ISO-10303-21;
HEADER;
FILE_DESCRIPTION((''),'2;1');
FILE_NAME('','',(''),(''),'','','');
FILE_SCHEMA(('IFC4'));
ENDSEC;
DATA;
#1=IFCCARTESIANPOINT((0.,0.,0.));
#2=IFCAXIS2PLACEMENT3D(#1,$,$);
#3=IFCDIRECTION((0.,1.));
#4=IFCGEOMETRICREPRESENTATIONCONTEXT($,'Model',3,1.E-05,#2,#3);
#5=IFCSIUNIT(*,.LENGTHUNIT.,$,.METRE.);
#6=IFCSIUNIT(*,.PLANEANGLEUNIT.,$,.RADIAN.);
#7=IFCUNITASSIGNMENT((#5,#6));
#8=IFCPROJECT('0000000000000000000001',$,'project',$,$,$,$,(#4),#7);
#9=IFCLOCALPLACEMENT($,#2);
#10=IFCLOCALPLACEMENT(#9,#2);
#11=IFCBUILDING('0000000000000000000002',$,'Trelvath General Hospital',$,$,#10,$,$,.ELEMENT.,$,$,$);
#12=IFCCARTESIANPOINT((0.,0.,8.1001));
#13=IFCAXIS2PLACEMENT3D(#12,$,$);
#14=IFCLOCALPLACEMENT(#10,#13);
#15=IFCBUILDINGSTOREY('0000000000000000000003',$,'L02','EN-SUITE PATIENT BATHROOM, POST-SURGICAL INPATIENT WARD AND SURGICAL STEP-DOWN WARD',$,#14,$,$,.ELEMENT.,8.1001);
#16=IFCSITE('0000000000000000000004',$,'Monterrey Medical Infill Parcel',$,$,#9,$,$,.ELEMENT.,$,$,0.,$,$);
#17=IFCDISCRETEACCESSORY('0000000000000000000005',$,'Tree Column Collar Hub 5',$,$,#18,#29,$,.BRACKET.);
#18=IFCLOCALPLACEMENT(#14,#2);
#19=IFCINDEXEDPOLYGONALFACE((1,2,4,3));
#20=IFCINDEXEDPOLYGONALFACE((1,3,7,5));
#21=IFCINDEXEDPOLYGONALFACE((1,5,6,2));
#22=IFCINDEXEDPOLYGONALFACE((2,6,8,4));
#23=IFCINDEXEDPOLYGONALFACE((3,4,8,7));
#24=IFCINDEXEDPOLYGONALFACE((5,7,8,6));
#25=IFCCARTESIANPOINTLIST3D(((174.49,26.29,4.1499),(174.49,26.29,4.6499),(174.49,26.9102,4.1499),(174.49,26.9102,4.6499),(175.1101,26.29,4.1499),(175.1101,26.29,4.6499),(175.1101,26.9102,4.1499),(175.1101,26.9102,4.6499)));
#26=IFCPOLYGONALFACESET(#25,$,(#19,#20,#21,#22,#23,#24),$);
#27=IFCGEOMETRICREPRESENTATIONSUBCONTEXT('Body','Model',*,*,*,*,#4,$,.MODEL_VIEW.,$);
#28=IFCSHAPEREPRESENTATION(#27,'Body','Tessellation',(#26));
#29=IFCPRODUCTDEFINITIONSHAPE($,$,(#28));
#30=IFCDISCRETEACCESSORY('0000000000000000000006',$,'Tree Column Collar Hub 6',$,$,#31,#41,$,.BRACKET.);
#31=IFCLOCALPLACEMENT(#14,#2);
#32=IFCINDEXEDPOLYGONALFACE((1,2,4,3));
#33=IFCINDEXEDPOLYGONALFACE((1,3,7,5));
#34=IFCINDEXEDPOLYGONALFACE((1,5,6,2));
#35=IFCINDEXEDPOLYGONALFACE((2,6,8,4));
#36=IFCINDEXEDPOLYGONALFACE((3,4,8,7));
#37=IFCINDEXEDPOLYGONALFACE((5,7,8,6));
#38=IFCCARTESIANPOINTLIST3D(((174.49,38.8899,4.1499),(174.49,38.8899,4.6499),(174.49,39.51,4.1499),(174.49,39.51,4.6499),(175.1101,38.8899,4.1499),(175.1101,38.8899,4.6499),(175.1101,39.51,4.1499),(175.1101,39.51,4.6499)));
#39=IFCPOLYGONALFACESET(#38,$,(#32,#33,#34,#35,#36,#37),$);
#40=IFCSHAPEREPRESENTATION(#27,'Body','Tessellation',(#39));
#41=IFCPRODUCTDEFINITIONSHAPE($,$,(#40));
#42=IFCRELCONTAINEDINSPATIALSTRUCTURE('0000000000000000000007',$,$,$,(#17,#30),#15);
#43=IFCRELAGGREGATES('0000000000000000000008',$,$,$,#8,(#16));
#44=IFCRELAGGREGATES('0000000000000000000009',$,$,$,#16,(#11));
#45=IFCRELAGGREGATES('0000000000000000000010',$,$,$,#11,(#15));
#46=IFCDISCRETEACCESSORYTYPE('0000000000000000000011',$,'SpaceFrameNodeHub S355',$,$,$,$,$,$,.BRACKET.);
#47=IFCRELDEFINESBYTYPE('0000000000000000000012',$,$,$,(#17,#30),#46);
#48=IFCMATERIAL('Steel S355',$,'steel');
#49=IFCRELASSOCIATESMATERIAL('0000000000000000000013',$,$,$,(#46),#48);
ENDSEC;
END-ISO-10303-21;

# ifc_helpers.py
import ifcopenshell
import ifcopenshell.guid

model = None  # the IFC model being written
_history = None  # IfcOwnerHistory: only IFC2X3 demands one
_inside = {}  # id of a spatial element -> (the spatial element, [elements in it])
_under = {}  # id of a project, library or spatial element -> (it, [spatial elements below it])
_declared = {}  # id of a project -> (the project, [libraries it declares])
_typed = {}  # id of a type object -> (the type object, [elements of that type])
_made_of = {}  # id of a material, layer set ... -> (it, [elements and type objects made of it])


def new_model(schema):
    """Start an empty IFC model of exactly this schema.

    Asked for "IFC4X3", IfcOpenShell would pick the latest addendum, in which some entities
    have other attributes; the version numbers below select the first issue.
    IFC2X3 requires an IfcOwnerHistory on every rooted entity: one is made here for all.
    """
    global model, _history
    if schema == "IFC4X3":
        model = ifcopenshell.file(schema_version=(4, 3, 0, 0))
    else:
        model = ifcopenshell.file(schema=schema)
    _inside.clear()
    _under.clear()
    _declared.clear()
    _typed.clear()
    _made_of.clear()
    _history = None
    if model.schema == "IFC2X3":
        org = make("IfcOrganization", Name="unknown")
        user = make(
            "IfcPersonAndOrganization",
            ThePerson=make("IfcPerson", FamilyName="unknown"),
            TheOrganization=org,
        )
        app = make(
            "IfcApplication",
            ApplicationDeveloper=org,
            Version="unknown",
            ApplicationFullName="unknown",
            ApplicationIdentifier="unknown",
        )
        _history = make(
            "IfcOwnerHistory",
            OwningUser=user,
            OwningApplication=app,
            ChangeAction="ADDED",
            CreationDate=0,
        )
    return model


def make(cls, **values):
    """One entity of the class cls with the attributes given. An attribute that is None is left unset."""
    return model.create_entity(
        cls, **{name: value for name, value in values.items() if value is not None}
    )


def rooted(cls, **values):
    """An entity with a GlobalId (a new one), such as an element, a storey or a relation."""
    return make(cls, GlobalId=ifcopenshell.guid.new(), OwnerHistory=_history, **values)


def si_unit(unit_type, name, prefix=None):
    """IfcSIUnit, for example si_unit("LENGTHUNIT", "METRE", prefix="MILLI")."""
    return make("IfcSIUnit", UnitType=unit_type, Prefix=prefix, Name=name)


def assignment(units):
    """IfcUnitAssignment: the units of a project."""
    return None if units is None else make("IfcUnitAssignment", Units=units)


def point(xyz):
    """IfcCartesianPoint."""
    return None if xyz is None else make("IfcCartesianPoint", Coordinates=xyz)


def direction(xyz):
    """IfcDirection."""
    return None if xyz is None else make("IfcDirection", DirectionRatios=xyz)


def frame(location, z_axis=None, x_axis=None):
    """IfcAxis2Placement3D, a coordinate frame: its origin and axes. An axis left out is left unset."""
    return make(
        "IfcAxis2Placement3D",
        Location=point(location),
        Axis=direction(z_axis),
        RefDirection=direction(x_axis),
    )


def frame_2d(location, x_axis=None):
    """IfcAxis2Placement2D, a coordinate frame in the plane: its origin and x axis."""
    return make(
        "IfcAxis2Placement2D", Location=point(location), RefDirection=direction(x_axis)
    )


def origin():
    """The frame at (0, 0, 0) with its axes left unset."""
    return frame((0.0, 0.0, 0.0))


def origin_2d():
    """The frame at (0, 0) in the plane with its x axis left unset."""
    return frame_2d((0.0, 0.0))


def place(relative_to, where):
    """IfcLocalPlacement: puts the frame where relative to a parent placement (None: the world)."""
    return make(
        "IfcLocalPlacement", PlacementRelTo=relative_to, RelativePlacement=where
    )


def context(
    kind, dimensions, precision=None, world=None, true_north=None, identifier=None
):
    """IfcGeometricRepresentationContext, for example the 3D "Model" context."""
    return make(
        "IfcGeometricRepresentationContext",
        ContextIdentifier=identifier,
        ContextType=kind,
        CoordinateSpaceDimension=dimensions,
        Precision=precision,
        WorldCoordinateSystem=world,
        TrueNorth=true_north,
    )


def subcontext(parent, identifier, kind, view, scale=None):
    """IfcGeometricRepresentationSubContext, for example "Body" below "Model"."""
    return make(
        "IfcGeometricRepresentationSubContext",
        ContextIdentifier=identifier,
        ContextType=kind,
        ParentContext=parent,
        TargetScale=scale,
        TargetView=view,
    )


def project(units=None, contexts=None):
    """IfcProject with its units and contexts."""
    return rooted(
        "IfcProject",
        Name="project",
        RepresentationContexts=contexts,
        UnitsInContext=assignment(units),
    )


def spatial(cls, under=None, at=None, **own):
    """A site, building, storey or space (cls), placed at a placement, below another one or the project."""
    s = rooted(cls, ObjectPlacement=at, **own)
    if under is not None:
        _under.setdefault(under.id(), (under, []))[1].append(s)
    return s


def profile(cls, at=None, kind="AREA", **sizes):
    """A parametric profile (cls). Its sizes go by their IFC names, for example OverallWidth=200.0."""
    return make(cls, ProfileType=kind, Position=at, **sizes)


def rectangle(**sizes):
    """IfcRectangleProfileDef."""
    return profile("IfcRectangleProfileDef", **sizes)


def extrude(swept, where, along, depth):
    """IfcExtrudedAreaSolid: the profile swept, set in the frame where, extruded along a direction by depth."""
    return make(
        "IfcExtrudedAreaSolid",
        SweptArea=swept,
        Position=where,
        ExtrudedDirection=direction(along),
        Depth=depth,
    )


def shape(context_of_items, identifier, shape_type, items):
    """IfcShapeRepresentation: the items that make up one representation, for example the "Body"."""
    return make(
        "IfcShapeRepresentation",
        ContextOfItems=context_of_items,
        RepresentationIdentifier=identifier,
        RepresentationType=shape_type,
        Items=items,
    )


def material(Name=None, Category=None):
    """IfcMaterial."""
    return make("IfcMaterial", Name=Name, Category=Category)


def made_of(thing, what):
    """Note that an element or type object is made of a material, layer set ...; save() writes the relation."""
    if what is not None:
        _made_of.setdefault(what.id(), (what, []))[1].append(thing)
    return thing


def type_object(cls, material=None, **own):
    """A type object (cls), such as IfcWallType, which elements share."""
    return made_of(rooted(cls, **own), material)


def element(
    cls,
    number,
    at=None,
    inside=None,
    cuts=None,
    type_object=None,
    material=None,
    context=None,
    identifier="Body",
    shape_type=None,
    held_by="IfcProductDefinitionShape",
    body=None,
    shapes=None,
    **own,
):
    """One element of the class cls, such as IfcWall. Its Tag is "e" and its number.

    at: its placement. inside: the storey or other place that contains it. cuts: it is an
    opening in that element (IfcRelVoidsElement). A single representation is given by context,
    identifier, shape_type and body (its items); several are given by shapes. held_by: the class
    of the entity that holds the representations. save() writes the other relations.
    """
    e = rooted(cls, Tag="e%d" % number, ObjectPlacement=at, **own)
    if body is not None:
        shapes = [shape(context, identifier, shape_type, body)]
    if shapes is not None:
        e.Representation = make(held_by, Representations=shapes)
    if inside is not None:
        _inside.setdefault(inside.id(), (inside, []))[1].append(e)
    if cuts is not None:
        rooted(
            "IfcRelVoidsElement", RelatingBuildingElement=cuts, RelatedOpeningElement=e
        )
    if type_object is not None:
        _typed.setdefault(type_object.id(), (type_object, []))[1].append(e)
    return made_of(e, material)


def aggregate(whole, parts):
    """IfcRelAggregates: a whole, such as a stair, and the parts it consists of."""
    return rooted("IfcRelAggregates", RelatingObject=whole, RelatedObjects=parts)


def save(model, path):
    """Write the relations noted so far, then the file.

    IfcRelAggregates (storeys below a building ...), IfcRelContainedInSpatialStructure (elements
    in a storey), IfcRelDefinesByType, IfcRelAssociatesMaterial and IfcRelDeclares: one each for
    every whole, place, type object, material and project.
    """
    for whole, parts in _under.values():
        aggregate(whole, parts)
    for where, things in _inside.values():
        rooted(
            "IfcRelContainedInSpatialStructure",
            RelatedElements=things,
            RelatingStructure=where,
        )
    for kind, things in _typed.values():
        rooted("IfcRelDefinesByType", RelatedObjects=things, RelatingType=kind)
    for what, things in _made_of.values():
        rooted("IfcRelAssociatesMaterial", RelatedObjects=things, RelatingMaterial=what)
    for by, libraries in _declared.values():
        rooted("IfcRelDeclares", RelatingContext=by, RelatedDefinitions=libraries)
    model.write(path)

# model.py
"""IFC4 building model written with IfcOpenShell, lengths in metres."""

from ifc_helpers import new_model, si_unit, direction, frame, origin, origin_2d, place, context, subcontext, project, spatial, rectangle, extrude, material, type_object, element, save


model = new_model("IFC4")

# Units and contexts
model_context = context("Model", 3, precision=1e-05, world=origin(), true_north=direction((0.0, 1.0)))
body_context = subcontext(model_context, "Body", "Model", "MODEL_VIEW")
ifc_project = project(units=[si_unit("LENGTHUNIT", "METRE"), si_unit("PLANEANGLEUNIT", "RADIAN")], contexts=[model_context])

# Site, building, storey
site_placement = place(None, origin())
site = spatial("IfcSite", under=ifc_project, at=site_placement, Name="Monterrey Medical Infill Parcel", CompositionType="ELEMENT", RefElevation=0.0)
building_placement = place(site_placement, origin())
building = spatial("IfcBuilding", under=site, at=building_placement, Name="Trelvath General Hospital", CompositionType="ELEMENT")
storey_placement = place(building_placement, frame((0.0, 0.0, 8.1001)))
storey = spatial("IfcBuildingStorey", under=building, at=storey_placement, Name="L02", Description="EN-SUITE PATIENT BATHROOM, POST-SURGICAL INPATIENT WARD AND SURGICAL STEP-DOWN WARD", CompositionType="ELEMENT", Elevation=8.1001)

# Discrete accessories
ifc_material_1 = material(Name="Steel S355", Category="steel")
discrete_accessory_type_1 = type_object("IfcDiscreteAccessoryType", Name="SpaceFrameNodeHub S355", PredefinedType="BRACKET", material=ifc_material_1)
for number, where, z_axis, x_axis, name in (
    (1, (174.8, 26.6001, 4.1499), (0.0, 0.0, 1.0), (1.0, 0.0, 0.0), "Tree Column Collar Hub 5"),
    (2, (174.8, 39.2, 4.1499), (0.0, 0.0, 1.0), (1.0, 0.0, 0.0), "Tree Column Collar Hub 6"),
):
    element("IfcDiscreteAccessory", number, at=place(storey_placement, frame(where, z_axis=z_axis, x_axis=x_axis)), inside=storey, type_object=discrete_accessory_type_1, Name=name, PredefinedType="BRACKET", context=body_context, shape_type="SweptSolid", body=[
        extrude(rectangle(XDim=0.6201, YDim=0.6201, at=origin_2d()), origin(), (0.0, 0.0, 1.0), 0.5),
    ])

save(model, "model.ifc")
